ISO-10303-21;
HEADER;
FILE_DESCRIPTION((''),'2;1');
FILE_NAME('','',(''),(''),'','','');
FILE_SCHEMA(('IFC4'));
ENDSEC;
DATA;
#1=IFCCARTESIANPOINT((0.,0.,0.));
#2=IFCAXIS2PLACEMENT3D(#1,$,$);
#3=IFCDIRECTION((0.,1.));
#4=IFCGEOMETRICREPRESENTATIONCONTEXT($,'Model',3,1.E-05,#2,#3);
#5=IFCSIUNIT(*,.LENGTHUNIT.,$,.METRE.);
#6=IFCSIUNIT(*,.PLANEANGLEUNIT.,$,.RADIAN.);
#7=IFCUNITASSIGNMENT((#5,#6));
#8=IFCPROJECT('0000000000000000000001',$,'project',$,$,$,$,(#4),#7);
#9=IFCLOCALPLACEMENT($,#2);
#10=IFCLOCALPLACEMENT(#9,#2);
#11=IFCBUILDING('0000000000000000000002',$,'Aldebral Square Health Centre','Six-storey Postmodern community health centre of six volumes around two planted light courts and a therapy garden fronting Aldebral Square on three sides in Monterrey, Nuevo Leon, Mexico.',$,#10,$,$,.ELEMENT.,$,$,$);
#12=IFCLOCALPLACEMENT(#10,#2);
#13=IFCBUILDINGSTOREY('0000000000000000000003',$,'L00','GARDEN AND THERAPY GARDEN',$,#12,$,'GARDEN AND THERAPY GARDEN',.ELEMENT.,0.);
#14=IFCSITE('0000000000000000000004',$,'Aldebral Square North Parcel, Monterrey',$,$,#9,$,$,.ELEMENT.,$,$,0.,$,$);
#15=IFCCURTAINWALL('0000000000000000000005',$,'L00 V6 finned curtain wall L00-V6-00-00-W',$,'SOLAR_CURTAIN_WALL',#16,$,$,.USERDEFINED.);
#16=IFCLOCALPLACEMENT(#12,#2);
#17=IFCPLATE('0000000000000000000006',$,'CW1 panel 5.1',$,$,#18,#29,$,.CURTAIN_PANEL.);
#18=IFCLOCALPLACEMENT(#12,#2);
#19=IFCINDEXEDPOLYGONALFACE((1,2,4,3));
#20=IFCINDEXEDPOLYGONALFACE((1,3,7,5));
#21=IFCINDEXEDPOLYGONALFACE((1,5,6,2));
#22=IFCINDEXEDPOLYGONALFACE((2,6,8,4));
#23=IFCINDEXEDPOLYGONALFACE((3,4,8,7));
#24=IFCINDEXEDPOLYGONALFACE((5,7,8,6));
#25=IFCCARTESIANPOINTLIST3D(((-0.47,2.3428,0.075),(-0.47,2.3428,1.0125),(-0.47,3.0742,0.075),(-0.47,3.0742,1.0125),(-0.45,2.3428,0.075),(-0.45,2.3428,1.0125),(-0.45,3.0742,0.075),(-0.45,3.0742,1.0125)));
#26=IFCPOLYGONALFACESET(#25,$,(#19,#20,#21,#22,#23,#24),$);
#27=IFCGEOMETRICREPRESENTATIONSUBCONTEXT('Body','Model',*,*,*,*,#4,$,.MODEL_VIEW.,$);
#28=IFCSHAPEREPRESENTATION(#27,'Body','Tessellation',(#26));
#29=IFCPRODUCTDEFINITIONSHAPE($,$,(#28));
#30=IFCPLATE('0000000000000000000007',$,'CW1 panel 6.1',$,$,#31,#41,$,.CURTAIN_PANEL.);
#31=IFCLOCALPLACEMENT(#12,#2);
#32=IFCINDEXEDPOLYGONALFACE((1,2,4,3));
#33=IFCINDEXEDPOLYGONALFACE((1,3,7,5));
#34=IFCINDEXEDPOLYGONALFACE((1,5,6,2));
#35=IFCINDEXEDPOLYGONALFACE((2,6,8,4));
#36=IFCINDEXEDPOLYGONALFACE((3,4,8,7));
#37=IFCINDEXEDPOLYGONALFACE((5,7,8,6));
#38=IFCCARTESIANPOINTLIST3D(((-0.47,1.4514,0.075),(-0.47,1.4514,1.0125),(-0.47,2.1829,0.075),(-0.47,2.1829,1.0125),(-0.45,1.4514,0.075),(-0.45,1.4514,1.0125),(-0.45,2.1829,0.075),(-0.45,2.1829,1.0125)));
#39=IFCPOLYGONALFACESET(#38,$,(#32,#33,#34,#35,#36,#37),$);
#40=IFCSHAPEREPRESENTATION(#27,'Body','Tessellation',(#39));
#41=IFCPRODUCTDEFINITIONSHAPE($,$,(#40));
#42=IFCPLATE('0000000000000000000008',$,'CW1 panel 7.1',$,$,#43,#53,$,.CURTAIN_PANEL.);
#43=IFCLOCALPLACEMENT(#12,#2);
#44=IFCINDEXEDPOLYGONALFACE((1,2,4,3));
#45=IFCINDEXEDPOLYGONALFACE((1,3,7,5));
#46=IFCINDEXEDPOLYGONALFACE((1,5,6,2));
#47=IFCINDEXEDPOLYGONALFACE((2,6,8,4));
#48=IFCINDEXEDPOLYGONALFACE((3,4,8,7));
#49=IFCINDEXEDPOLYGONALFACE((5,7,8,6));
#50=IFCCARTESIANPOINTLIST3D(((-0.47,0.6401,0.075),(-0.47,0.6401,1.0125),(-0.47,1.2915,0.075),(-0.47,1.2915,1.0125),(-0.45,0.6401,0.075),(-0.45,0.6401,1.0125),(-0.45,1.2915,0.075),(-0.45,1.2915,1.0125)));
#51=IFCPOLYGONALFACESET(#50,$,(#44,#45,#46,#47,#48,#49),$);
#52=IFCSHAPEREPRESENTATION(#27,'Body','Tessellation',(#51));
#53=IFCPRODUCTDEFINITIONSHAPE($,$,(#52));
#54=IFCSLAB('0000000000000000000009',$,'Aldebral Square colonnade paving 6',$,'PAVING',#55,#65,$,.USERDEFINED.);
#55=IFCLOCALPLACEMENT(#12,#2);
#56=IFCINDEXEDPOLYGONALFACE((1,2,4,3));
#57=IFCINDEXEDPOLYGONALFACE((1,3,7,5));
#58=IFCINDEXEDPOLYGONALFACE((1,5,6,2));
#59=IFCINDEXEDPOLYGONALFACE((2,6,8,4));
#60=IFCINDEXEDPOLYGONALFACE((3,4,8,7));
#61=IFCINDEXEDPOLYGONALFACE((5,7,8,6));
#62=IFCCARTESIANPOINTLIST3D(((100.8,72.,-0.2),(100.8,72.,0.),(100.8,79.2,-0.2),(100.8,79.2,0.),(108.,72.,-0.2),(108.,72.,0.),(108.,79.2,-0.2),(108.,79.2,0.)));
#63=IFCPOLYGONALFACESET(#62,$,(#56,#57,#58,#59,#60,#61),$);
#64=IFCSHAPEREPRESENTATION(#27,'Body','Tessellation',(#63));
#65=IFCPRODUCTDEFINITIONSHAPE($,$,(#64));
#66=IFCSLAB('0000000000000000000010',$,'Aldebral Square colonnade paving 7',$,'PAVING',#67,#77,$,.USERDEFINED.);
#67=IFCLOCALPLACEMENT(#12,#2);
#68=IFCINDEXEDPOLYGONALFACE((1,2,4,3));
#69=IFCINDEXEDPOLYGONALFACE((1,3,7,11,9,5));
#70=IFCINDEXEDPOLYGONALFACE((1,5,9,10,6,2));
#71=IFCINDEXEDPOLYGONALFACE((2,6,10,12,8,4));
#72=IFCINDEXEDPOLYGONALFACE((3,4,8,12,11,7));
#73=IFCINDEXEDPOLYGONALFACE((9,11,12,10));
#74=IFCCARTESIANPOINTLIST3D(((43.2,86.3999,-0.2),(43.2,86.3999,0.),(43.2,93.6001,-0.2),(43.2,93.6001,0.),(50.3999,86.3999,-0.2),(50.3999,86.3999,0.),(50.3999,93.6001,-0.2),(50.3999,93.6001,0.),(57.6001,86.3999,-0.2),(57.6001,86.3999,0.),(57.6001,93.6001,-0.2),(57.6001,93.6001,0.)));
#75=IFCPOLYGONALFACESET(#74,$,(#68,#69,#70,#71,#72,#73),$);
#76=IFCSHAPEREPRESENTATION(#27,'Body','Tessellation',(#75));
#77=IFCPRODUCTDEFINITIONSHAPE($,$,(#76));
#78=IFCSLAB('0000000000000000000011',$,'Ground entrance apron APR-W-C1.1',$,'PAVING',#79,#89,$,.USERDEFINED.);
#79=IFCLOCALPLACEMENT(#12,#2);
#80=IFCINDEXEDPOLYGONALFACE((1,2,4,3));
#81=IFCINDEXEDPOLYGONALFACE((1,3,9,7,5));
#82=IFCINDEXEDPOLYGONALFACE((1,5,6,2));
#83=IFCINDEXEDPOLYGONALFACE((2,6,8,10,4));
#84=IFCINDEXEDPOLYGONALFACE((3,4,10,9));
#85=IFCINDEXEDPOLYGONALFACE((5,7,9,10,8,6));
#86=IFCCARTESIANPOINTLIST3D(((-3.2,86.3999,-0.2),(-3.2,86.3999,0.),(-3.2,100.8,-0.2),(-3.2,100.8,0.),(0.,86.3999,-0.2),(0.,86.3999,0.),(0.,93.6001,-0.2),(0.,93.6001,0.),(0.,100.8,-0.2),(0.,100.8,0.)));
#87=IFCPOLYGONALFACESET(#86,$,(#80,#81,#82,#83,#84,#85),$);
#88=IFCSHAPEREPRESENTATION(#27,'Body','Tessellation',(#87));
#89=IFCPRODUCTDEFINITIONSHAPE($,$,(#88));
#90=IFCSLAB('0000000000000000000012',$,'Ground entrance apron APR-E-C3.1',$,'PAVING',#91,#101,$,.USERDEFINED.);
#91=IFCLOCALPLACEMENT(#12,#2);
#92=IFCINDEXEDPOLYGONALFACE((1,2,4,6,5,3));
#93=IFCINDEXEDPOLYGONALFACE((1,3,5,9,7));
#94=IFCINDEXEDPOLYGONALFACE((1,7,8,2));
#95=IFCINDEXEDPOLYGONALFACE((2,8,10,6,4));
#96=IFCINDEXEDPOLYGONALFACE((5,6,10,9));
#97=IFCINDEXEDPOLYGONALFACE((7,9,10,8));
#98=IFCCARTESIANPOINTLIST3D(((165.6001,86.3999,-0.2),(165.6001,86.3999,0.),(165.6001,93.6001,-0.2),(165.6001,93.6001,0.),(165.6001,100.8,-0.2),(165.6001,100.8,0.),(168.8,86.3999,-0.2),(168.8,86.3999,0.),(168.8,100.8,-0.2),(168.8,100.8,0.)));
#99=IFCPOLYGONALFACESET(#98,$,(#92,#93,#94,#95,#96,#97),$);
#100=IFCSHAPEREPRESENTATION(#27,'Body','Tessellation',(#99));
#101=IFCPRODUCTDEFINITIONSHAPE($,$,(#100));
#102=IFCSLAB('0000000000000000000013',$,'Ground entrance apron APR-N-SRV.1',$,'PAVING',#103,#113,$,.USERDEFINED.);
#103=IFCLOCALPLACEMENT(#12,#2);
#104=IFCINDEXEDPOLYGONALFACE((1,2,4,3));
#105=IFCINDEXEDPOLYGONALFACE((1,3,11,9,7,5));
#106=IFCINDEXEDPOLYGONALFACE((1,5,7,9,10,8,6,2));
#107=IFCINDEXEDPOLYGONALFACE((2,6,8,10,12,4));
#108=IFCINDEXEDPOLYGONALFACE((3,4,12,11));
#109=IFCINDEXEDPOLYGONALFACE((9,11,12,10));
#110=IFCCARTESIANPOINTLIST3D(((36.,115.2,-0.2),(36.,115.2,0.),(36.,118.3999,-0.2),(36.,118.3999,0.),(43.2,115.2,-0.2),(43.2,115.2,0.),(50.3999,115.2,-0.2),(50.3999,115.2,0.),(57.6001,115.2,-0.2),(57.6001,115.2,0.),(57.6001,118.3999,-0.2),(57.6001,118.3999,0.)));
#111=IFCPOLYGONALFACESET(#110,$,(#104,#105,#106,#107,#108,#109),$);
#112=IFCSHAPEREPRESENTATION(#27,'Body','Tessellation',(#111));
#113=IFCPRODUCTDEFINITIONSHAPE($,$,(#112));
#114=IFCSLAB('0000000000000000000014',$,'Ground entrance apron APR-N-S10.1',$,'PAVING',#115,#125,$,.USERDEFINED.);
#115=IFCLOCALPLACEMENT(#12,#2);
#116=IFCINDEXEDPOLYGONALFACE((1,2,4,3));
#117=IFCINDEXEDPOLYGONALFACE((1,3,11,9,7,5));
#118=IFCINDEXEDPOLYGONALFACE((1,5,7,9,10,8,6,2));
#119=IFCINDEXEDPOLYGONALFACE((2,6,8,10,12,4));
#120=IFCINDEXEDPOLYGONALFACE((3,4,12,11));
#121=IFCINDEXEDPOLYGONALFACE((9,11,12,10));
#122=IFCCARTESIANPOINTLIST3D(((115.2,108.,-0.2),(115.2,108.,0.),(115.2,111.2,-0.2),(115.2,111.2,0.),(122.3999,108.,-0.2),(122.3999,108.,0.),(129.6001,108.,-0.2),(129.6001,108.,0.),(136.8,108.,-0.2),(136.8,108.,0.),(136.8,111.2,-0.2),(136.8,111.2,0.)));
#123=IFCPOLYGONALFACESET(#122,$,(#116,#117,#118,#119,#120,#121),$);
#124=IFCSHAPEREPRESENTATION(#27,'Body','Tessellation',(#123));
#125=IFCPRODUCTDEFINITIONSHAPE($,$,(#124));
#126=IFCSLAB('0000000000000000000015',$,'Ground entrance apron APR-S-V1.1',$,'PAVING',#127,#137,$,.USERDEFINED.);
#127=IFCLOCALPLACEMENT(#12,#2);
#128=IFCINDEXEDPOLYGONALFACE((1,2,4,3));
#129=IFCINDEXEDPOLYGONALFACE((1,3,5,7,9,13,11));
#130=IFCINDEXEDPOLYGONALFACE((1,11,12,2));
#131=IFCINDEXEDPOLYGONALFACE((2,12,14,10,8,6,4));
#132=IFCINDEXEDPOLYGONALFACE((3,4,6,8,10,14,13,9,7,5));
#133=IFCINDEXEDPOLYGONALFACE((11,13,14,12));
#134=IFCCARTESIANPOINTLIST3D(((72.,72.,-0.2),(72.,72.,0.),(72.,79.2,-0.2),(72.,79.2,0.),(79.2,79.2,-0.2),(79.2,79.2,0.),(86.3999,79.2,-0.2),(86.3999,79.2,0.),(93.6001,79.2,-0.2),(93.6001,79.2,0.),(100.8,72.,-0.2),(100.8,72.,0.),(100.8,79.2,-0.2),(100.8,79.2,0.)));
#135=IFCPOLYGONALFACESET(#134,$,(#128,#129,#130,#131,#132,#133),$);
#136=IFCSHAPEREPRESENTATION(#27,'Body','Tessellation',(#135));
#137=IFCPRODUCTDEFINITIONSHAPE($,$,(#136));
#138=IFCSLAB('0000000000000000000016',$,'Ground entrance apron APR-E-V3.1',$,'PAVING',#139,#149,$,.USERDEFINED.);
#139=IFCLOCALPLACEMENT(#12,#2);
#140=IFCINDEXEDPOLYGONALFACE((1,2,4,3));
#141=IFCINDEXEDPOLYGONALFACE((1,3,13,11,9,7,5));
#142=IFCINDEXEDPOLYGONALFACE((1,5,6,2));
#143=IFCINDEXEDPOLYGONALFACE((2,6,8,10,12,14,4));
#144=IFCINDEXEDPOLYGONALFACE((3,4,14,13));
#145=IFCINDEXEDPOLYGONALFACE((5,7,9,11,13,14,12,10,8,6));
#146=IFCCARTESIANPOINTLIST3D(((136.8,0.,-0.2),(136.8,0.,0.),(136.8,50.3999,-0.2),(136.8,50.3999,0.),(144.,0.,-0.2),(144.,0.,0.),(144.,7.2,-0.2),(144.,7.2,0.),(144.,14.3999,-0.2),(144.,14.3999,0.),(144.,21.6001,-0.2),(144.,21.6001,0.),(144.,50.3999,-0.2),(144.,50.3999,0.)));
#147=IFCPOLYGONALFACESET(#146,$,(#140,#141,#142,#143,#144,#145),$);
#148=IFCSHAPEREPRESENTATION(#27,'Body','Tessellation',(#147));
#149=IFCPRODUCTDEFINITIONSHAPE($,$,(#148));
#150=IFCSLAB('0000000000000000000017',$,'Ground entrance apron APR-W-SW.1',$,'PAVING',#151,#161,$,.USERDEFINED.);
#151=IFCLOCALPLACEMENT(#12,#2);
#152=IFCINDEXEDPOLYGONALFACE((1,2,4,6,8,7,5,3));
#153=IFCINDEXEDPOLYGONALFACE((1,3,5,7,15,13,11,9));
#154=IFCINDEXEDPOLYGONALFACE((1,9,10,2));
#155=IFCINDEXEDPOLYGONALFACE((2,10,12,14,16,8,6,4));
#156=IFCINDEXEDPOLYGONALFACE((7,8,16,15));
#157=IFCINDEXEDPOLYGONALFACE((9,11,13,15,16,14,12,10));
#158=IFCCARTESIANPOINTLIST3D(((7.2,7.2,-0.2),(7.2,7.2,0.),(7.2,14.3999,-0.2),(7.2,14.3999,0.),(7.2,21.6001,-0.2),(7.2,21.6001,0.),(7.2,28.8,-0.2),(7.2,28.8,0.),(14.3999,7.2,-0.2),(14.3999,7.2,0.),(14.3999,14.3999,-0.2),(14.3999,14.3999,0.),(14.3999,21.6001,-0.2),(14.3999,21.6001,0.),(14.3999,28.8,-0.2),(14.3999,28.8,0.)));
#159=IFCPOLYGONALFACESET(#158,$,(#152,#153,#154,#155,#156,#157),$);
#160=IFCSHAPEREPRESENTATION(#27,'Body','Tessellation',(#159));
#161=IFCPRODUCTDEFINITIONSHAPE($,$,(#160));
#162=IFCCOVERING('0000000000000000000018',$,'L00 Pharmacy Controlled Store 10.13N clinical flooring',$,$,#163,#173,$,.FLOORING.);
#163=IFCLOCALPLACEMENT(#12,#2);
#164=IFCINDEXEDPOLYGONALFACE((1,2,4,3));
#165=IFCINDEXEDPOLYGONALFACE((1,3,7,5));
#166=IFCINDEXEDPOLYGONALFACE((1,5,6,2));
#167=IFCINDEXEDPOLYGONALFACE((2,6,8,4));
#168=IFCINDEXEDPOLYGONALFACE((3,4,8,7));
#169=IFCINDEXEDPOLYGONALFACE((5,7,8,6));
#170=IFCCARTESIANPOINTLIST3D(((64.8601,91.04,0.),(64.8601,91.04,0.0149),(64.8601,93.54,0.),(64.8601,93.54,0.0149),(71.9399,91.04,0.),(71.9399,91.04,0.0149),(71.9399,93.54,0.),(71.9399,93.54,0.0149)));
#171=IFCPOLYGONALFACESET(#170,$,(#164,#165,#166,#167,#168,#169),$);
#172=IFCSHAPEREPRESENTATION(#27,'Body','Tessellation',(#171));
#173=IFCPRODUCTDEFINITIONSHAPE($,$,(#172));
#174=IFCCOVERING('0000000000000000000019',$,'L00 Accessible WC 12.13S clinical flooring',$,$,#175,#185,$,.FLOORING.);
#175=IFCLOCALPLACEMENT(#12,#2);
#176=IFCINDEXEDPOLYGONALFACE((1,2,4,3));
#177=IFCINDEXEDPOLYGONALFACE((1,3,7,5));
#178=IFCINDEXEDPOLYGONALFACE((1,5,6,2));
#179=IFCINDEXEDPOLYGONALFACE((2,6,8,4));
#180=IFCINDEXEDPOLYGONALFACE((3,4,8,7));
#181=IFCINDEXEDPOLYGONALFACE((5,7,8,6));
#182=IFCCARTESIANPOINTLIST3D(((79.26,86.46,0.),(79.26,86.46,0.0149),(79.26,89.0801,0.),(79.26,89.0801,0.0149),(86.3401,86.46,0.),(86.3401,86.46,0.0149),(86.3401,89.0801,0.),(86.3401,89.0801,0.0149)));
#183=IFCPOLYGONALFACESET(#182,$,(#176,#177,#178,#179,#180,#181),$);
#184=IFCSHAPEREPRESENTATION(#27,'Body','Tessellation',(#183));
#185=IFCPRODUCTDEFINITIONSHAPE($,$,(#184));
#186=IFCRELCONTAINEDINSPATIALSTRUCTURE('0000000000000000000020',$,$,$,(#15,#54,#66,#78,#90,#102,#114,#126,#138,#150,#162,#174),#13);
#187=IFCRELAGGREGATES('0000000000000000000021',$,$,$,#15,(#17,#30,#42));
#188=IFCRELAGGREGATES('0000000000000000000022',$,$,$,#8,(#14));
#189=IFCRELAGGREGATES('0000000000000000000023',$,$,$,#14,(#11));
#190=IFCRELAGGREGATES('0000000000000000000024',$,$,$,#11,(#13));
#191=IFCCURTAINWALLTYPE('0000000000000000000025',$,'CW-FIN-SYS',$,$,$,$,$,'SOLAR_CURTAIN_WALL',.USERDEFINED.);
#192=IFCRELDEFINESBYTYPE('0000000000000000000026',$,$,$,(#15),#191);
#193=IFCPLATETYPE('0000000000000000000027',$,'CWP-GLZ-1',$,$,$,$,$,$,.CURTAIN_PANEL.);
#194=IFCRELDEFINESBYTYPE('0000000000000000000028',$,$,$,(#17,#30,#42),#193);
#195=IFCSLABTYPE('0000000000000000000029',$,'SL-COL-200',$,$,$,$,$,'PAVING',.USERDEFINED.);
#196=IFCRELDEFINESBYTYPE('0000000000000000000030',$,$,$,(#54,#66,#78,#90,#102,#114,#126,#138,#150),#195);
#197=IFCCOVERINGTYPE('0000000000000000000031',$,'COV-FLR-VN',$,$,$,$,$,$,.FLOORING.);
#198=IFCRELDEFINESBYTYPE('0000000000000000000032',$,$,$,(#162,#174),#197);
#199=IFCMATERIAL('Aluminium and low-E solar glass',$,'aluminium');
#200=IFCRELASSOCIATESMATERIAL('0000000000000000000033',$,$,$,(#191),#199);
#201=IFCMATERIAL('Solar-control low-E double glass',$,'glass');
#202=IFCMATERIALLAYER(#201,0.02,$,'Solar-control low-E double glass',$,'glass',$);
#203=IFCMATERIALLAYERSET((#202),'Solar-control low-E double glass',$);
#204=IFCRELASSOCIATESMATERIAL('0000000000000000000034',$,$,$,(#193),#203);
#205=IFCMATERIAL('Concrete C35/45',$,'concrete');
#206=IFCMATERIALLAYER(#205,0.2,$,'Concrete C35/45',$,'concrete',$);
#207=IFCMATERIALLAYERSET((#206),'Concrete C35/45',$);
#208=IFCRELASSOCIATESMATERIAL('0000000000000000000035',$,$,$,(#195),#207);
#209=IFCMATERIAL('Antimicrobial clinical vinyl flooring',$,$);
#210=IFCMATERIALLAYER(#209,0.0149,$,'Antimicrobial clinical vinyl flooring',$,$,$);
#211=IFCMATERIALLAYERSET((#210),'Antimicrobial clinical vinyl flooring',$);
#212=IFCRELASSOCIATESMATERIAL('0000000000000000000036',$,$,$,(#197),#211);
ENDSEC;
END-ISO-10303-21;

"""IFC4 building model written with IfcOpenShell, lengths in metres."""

from ifc_helpers import new_model, si_unit, direction, frame, origin, origin_2d, place, context, subcontext, project, spatial, polyline, rectangle, outline, extrude, material, layer, layer_set, type_object, element, aggregate, save


model = new_model("IFC4")

# Units and contexts
model_context = context("Model", 3, precision=1e-05, world=origin(), true_north=direction((0.0, 1.0)))
body_context = subcontext(model_context, "Body", "Model", "MODEL_VIEW")
ifc_project = project(units=[si_unit("LENGTHUNIT", "METRE"), si_unit("PLANEANGLEUNIT", "RADIAN")], contexts=[model_context])

# Site, building, storey
site_placement = place(None, origin())
site = spatial("IfcSite", under=ifc_project, at=site_placement, Name="Aldebral Square North Parcel, Monterrey", CompositionType="ELEMENT", RefElevation=0.0)
building_placement = place(site_placement, origin())
building = spatial("IfcBuilding", under=site, at=building_placement, Name="Aldebral Square Health Centre", Description="Six-storey Postmodern community health centre of six volumes around two planted light courts and a therapy garden fronting Aldebral Square on three sides in Monterrey, Nuevo Leon, Mexico.", CompositionType="ELEMENT")
storey_placement = place(building_placement, origin())
storey = spatial("IfcBuildingStorey", under=building, at=storey_placement, Name="L00", Description="GARDEN AND THERAPY GARDEN", LongName="GARDEN AND THERAPY GARDEN", CompositionType="ELEMENT", Elevation=0.0)

# Curtain wall, plates
ifc_material_1 = material(Name="Aluminium and low-E solar glass", Category="aluminium")
curtain_wall_type = type_object("IfcCurtainWallType", Name="CW-FIN-SYS", ElementType="SOLAR_CURTAIN_WALL", PredefinedType="USERDEFINED", material=ifc_material_1)
curtain_wall_placement = place(storey_placement, origin())
curtain_wall = element("IfcCurtainWall", 1, at=curtain_wall_placement, inside=storey, type_object=curtain_wall_type, Name="L00 V6 finned curtain wall L00-V6-00-00-W", ObjectType="SOLAR_CURTAIN_WALL", PredefinedType="USERDEFINED")
ifc_material_2 = material(Name="Solar-control low-E double glass", Category="glass")
ifc_layer_1 = layer(ifc_material_2, 0.02, Name="Solar-control low-E double glass", Category="glass")
ifc_layer_set_1 = layer_set([ifc_layer_1], Name="Solar-control low-E double glass")
plate_type = type_object("IfcPlateType", Name="CWP-GLZ-1", PredefinedType="CURTAIN_PANEL", material=ifc_layer_set_1)
plate_1_placement = place(storey_placement, frame((-0.46, 2.7085, 0.075), z_axis=(0.0, 0.0, 1.0), x_axis=(0.0, -1.0, 0.0)))
plate_1 = element("IfcPlate", 2, at=plate_1_placement, type_object=plate_type, Name="CW1 panel 5.1", PredefinedType="CURTAIN_PANEL", context=body_context, shape_type="SweptSolid", body=[
    extrude(rectangle(XDim=0.7314, YDim=0.02, at=origin_2d()), origin(), (0.0, 0.0, 1.0), 0.9375),
])
plate_2_placement = place(storey_placement, frame((-0.46, 1.8171, 0.075), z_axis=(0.0, 0.0, 1.0), x_axis=(0.0, -1.0, 0.0)))
plate_2 = element("IfcPlate", 3, at=plate_2_placement, type_object=plate_type, Name="CW1 panel 6.1", PredefinedType="CURTAIN_PANEL", context=body_context, shape_type="SweptSolid", body=[
    extrude(rectangle(XDim=0.7314, YDim=0.02, at=origin_2d()), origin(), (0.0, 0.0, 1.0), 0.9375),
])
plate_3_placement = place(storey_placement, frame((-0.46, 0.9658, 0.075), z_axis=(0.0, 0.0, 1.0), x_axis=(0.0, -1.0, 0.0)))
plate_3 = element("IfcPlate", 4, at=plate_3_placement, type_object=plate_type, Name="CW1 panel 7.1", PredefinedType="CURTAIN_PANEL", context=body_context, shape_type="SweptSolid", body=[
    extrude(rectangle(XDim=0.6514, YDim=0.02, at=origin_2d()), origin(), (0.0, 0.0, 1.0), 0.9375),
])
aggregate(curtain_wall, [plate_1, plate_2, plate_3])

# Slabs
ifc_material_3 = material(Name="Concrete C35/45", Category="concrete")
ifc_layer_2 = layer(ifc_material_3, 0.2, Name="Concrete C35/45", Category="concrete")
ifc_layer_set_2 = layer_set([ifc_layer_2], Name="Concrete C35/45")
slab_type = type_object("IfcSlabType", Name="SL-COL-200", ElementType="PAVING", PredefinedType="USERDEFINED", material=ifc_layer_set_2)
slab_1_placement = place(storey_placement, frame((0.0, 0.0, -0.2)))
element("IfcSlab", 5, at=slab_1_placement, inside=storey, type_object=slab_type, Name="Aldebral Square colonnade paving 6", ObjectType="PAVING", PredefinedType="USERDEFINED", context=body_context, shape_type="SweptSolid", body=[
    extrude(outline(polyline([(108.0, 72.0), (100.8, 72.0), (100.8, 79.2), (108.0, 79.2), (108.0, 72.0)])), origin(), (0.0, 0.0, 1.0), 0.2),
])
slab_2_placement = place(storey_placement, frame((0.0, 0.0, -0.2)))
element("IfcSlab", 6, at=slab_2_placement, inside=storey, type_object=slab_type, Name="Aldebral Square colonnade paving 7", ObjectType="PAVING", PredefinedType="USERDEFINED", context=body_context, shape_type="SweptSolid", body=[
    extrude(outline(polyline([(57.6001, 86.3999), (50.3999, 86.3999), (43.2, 86.3999), (43.2, 93.6001), (50.3999, 93.6001), (57.6001, 93.6001), (57.6001, 86.3999)])), origin(), (0.0, 0.0, 1.0), 0.2),
])
slab_3_placement = place(storey_placement, frame((0.0, 0.0, -0.2)))
element("IfcSlab", 7, at=slab_3_placement, inside=storey, type_object=slab_type, Name="Ground entrance apron APR-W-C1.1", ObjectType="PAVING", PredefinedType="USERDEFINED", context=body_context, shape_type="SweptSolid", body=[
    extrude(outline(polyline([(0.0, 86.3999), (-3.2, 86.3999), (-3.2, 100.8), (0.0, 100.8), (0.0, 93.6001), (0.0, 86.3999)])), origin(), (0.0, 0.0, 1.0), 0.2),
])
slab_4_placement = place(storey_placement, frame((0.0, 0.0, -0.2)))
element("IfcSlab", 8, at=slab_4_placement, inside=storey, type_object=slab_type, Name="Ground entrance apron APR-E-C3.1", ObjectType="PAVING", PredefinedType="USERDEFINED", context=body_context, shape_type="SweptSolid", body=[
    extrude(outline(polyline([(168.8, 100.8), (168.8, 86.3999), (165.6001, 86.3999), (165.6001, 93.6001), (165.6001, 100.8), (168.8, 100.8)])), origin(), (0.0, 0.0, 1.0), 0.2),
])
slab_5_placement = place(storey_placement, frame((0.0, 0.0, -0.2)))
element("IfcSlab", 9, at=slab_5_placement, inside=storey, type_object=slab_type, Name="Ground entrance apron APR-N-SRV.1", ObjectType="PAVING", PredefinedType="USERDEFINED", context=body_context, shape_type="SweptSolid", body=[
    extrude(outline(polyline([(36.0, 118.3999), (57.6001, 118.3999), (57.6001, 115.2), (50.3999, 115.2), (43.2, 115.2), (36.0, 115.2), (36.0, 118.3999)])), origin(), (0.0, 0.0, 1.0), 0.2),
])
slab_6_placement = place(storey_placement, frame((0.0, 0.0, -0.2)))
element("IfcSlab", 10, at=slab_6_placement, inside=storey, type_object=slab_type, Name="Ground entrance apron APR-N-S10.1", ObjectType="PAVING", PredefinedType="USERDEFINED", context=body_context, shape_type="SweptSolid", body=[
    extrude(outline(polyline([(136.8, 108.0), (129.6001, 108.0), (122.3999, 108.0), (115.2, 108.0), (115.2, 111.2), (136.8, 111.2), (136.8, 108.0)])), origin(), (0.0, 0.0, 1.0), 0.2),
])
slab_7_placement = place(storey_placement, frame((0.0, 0.0, -0.2)))
element("IfcSlab", 11, at=slab_7_placement, inside=storey, type_object=slab_type, Name="Ground entrance apron APR-S-V1.1", ObjectType="PAVING", PredefinedType="USERDEFINED", context=body_context, shape_type="SweptSolid", body=[
    extrude(outline(polyline([(100.8, 79.2), (100.8, 72.0), (72.0, 72.0), (72.0, 79.2), (79.2, 79.2), (86.3999, 79.2), (93.6001, 79.2), (100.8, 79.2)])), origin(), (0.0, 0.0, 1.0), 0.2),
])
slab_8_placement = place(storey_placement, frame((0.0, 0.0, -0.2)))
element("IfcSlab", 12, at=slab_8_placement, inside=storey, type_object=slab_type, Name="Ground entrance apron APR-E-V3.1", ObjectType="PAVING", PredefinedType="USERDEFINED", context=body_context, shape_type="SweptSolid", body=[
    extrude(outline(polyline([(144.0, 0.0), (136.8, 0.0), (136.8, 50.3999), (144.0, 50.3999), (144.0, 21.6001), (144.0, 14.3999), (144.0, 7.2), (144.0, 0.0)])), origin(), (0.0, 0.0, 1.0), 0.2),
])
slab_9_placement = place(storey_placement, frame((0.0, 0.0, -0.2)))
element("IfcSlab", 13, at=slab_9_placement, inside=storey, type_object=slab_type, Name="Ground entrance apron APR-W-SW.1", ObjectType="PAVING", PredefinedType="USERDEFINED", context=body_context, shape_type="SweptSolid", body=[
    extrude(outline(polyline([(14.3999, 7.2), (7.2, 7.2), (7.2, 14.3999), (7.2, 21.6001), (7.2, 28.8), (14.3999, 28.8), (14.3999, 21.6001), (14.3999, 14.3999), (14.3999, 7.2)])), origin(), (0.0, 0.0, 1.0), 0.2),
])

# Coverings
ifc_material_4 = material(Name="Antimicrobial clinical vinyl flooring")
ifc_layer_3 = layer(ifc_material_4, 0.0149, Name="Antimicrobial clinical vinyl flooring")
ifc_layer_set_3 = layer_set([ifc_layer_3], Name="Antimicrobial clinical vinyl flooring")
covering_type = type_object("IfcCoveringType", Name="COV-FLR-VN", PredefinedType="FLOORING", material=ifc_layer_set_3)
covering_1_placement = place(storey_placement, origin())
element("IfcCovering", 14, at=covering_1_placement, inside=storey, type_object=covering_type, Name="L00 Pharmacy Controlled Store 10.13N clinical flooring", PredefinedType="FLOORING", context=body_context, shape_type="SweptSolid", body=[
    extrude(outline(polyline([(64.8601, 91.04), (71.9399, 91.04), (71.9399, 93.54), (64.8601, 93.54), (64.8601, 91.04)])), origin(), (0.0, 0.0, 1.0), 0.0149),
])
covering_2_placement = place(storey_placement, origin())
element("IfcCovering", 15, at=covering_2_placement, inside=storey, type_object=covering_type, Name="L00 Accessible WC 12.13S clinical flooring", PredefinedType="FLOORING", context=body_context, shape_type="SweptSolid", body=[
    extrude(outline(polyline([(79.26, 86.46), (86.3401, 86.46), (86.3401, 89.0801), (79.26, 89.0801), (79.26, 86.46)])), origin(), (0.0, 0.0, 1.0), 0.0149),
])

save(model, "model.ifc")
